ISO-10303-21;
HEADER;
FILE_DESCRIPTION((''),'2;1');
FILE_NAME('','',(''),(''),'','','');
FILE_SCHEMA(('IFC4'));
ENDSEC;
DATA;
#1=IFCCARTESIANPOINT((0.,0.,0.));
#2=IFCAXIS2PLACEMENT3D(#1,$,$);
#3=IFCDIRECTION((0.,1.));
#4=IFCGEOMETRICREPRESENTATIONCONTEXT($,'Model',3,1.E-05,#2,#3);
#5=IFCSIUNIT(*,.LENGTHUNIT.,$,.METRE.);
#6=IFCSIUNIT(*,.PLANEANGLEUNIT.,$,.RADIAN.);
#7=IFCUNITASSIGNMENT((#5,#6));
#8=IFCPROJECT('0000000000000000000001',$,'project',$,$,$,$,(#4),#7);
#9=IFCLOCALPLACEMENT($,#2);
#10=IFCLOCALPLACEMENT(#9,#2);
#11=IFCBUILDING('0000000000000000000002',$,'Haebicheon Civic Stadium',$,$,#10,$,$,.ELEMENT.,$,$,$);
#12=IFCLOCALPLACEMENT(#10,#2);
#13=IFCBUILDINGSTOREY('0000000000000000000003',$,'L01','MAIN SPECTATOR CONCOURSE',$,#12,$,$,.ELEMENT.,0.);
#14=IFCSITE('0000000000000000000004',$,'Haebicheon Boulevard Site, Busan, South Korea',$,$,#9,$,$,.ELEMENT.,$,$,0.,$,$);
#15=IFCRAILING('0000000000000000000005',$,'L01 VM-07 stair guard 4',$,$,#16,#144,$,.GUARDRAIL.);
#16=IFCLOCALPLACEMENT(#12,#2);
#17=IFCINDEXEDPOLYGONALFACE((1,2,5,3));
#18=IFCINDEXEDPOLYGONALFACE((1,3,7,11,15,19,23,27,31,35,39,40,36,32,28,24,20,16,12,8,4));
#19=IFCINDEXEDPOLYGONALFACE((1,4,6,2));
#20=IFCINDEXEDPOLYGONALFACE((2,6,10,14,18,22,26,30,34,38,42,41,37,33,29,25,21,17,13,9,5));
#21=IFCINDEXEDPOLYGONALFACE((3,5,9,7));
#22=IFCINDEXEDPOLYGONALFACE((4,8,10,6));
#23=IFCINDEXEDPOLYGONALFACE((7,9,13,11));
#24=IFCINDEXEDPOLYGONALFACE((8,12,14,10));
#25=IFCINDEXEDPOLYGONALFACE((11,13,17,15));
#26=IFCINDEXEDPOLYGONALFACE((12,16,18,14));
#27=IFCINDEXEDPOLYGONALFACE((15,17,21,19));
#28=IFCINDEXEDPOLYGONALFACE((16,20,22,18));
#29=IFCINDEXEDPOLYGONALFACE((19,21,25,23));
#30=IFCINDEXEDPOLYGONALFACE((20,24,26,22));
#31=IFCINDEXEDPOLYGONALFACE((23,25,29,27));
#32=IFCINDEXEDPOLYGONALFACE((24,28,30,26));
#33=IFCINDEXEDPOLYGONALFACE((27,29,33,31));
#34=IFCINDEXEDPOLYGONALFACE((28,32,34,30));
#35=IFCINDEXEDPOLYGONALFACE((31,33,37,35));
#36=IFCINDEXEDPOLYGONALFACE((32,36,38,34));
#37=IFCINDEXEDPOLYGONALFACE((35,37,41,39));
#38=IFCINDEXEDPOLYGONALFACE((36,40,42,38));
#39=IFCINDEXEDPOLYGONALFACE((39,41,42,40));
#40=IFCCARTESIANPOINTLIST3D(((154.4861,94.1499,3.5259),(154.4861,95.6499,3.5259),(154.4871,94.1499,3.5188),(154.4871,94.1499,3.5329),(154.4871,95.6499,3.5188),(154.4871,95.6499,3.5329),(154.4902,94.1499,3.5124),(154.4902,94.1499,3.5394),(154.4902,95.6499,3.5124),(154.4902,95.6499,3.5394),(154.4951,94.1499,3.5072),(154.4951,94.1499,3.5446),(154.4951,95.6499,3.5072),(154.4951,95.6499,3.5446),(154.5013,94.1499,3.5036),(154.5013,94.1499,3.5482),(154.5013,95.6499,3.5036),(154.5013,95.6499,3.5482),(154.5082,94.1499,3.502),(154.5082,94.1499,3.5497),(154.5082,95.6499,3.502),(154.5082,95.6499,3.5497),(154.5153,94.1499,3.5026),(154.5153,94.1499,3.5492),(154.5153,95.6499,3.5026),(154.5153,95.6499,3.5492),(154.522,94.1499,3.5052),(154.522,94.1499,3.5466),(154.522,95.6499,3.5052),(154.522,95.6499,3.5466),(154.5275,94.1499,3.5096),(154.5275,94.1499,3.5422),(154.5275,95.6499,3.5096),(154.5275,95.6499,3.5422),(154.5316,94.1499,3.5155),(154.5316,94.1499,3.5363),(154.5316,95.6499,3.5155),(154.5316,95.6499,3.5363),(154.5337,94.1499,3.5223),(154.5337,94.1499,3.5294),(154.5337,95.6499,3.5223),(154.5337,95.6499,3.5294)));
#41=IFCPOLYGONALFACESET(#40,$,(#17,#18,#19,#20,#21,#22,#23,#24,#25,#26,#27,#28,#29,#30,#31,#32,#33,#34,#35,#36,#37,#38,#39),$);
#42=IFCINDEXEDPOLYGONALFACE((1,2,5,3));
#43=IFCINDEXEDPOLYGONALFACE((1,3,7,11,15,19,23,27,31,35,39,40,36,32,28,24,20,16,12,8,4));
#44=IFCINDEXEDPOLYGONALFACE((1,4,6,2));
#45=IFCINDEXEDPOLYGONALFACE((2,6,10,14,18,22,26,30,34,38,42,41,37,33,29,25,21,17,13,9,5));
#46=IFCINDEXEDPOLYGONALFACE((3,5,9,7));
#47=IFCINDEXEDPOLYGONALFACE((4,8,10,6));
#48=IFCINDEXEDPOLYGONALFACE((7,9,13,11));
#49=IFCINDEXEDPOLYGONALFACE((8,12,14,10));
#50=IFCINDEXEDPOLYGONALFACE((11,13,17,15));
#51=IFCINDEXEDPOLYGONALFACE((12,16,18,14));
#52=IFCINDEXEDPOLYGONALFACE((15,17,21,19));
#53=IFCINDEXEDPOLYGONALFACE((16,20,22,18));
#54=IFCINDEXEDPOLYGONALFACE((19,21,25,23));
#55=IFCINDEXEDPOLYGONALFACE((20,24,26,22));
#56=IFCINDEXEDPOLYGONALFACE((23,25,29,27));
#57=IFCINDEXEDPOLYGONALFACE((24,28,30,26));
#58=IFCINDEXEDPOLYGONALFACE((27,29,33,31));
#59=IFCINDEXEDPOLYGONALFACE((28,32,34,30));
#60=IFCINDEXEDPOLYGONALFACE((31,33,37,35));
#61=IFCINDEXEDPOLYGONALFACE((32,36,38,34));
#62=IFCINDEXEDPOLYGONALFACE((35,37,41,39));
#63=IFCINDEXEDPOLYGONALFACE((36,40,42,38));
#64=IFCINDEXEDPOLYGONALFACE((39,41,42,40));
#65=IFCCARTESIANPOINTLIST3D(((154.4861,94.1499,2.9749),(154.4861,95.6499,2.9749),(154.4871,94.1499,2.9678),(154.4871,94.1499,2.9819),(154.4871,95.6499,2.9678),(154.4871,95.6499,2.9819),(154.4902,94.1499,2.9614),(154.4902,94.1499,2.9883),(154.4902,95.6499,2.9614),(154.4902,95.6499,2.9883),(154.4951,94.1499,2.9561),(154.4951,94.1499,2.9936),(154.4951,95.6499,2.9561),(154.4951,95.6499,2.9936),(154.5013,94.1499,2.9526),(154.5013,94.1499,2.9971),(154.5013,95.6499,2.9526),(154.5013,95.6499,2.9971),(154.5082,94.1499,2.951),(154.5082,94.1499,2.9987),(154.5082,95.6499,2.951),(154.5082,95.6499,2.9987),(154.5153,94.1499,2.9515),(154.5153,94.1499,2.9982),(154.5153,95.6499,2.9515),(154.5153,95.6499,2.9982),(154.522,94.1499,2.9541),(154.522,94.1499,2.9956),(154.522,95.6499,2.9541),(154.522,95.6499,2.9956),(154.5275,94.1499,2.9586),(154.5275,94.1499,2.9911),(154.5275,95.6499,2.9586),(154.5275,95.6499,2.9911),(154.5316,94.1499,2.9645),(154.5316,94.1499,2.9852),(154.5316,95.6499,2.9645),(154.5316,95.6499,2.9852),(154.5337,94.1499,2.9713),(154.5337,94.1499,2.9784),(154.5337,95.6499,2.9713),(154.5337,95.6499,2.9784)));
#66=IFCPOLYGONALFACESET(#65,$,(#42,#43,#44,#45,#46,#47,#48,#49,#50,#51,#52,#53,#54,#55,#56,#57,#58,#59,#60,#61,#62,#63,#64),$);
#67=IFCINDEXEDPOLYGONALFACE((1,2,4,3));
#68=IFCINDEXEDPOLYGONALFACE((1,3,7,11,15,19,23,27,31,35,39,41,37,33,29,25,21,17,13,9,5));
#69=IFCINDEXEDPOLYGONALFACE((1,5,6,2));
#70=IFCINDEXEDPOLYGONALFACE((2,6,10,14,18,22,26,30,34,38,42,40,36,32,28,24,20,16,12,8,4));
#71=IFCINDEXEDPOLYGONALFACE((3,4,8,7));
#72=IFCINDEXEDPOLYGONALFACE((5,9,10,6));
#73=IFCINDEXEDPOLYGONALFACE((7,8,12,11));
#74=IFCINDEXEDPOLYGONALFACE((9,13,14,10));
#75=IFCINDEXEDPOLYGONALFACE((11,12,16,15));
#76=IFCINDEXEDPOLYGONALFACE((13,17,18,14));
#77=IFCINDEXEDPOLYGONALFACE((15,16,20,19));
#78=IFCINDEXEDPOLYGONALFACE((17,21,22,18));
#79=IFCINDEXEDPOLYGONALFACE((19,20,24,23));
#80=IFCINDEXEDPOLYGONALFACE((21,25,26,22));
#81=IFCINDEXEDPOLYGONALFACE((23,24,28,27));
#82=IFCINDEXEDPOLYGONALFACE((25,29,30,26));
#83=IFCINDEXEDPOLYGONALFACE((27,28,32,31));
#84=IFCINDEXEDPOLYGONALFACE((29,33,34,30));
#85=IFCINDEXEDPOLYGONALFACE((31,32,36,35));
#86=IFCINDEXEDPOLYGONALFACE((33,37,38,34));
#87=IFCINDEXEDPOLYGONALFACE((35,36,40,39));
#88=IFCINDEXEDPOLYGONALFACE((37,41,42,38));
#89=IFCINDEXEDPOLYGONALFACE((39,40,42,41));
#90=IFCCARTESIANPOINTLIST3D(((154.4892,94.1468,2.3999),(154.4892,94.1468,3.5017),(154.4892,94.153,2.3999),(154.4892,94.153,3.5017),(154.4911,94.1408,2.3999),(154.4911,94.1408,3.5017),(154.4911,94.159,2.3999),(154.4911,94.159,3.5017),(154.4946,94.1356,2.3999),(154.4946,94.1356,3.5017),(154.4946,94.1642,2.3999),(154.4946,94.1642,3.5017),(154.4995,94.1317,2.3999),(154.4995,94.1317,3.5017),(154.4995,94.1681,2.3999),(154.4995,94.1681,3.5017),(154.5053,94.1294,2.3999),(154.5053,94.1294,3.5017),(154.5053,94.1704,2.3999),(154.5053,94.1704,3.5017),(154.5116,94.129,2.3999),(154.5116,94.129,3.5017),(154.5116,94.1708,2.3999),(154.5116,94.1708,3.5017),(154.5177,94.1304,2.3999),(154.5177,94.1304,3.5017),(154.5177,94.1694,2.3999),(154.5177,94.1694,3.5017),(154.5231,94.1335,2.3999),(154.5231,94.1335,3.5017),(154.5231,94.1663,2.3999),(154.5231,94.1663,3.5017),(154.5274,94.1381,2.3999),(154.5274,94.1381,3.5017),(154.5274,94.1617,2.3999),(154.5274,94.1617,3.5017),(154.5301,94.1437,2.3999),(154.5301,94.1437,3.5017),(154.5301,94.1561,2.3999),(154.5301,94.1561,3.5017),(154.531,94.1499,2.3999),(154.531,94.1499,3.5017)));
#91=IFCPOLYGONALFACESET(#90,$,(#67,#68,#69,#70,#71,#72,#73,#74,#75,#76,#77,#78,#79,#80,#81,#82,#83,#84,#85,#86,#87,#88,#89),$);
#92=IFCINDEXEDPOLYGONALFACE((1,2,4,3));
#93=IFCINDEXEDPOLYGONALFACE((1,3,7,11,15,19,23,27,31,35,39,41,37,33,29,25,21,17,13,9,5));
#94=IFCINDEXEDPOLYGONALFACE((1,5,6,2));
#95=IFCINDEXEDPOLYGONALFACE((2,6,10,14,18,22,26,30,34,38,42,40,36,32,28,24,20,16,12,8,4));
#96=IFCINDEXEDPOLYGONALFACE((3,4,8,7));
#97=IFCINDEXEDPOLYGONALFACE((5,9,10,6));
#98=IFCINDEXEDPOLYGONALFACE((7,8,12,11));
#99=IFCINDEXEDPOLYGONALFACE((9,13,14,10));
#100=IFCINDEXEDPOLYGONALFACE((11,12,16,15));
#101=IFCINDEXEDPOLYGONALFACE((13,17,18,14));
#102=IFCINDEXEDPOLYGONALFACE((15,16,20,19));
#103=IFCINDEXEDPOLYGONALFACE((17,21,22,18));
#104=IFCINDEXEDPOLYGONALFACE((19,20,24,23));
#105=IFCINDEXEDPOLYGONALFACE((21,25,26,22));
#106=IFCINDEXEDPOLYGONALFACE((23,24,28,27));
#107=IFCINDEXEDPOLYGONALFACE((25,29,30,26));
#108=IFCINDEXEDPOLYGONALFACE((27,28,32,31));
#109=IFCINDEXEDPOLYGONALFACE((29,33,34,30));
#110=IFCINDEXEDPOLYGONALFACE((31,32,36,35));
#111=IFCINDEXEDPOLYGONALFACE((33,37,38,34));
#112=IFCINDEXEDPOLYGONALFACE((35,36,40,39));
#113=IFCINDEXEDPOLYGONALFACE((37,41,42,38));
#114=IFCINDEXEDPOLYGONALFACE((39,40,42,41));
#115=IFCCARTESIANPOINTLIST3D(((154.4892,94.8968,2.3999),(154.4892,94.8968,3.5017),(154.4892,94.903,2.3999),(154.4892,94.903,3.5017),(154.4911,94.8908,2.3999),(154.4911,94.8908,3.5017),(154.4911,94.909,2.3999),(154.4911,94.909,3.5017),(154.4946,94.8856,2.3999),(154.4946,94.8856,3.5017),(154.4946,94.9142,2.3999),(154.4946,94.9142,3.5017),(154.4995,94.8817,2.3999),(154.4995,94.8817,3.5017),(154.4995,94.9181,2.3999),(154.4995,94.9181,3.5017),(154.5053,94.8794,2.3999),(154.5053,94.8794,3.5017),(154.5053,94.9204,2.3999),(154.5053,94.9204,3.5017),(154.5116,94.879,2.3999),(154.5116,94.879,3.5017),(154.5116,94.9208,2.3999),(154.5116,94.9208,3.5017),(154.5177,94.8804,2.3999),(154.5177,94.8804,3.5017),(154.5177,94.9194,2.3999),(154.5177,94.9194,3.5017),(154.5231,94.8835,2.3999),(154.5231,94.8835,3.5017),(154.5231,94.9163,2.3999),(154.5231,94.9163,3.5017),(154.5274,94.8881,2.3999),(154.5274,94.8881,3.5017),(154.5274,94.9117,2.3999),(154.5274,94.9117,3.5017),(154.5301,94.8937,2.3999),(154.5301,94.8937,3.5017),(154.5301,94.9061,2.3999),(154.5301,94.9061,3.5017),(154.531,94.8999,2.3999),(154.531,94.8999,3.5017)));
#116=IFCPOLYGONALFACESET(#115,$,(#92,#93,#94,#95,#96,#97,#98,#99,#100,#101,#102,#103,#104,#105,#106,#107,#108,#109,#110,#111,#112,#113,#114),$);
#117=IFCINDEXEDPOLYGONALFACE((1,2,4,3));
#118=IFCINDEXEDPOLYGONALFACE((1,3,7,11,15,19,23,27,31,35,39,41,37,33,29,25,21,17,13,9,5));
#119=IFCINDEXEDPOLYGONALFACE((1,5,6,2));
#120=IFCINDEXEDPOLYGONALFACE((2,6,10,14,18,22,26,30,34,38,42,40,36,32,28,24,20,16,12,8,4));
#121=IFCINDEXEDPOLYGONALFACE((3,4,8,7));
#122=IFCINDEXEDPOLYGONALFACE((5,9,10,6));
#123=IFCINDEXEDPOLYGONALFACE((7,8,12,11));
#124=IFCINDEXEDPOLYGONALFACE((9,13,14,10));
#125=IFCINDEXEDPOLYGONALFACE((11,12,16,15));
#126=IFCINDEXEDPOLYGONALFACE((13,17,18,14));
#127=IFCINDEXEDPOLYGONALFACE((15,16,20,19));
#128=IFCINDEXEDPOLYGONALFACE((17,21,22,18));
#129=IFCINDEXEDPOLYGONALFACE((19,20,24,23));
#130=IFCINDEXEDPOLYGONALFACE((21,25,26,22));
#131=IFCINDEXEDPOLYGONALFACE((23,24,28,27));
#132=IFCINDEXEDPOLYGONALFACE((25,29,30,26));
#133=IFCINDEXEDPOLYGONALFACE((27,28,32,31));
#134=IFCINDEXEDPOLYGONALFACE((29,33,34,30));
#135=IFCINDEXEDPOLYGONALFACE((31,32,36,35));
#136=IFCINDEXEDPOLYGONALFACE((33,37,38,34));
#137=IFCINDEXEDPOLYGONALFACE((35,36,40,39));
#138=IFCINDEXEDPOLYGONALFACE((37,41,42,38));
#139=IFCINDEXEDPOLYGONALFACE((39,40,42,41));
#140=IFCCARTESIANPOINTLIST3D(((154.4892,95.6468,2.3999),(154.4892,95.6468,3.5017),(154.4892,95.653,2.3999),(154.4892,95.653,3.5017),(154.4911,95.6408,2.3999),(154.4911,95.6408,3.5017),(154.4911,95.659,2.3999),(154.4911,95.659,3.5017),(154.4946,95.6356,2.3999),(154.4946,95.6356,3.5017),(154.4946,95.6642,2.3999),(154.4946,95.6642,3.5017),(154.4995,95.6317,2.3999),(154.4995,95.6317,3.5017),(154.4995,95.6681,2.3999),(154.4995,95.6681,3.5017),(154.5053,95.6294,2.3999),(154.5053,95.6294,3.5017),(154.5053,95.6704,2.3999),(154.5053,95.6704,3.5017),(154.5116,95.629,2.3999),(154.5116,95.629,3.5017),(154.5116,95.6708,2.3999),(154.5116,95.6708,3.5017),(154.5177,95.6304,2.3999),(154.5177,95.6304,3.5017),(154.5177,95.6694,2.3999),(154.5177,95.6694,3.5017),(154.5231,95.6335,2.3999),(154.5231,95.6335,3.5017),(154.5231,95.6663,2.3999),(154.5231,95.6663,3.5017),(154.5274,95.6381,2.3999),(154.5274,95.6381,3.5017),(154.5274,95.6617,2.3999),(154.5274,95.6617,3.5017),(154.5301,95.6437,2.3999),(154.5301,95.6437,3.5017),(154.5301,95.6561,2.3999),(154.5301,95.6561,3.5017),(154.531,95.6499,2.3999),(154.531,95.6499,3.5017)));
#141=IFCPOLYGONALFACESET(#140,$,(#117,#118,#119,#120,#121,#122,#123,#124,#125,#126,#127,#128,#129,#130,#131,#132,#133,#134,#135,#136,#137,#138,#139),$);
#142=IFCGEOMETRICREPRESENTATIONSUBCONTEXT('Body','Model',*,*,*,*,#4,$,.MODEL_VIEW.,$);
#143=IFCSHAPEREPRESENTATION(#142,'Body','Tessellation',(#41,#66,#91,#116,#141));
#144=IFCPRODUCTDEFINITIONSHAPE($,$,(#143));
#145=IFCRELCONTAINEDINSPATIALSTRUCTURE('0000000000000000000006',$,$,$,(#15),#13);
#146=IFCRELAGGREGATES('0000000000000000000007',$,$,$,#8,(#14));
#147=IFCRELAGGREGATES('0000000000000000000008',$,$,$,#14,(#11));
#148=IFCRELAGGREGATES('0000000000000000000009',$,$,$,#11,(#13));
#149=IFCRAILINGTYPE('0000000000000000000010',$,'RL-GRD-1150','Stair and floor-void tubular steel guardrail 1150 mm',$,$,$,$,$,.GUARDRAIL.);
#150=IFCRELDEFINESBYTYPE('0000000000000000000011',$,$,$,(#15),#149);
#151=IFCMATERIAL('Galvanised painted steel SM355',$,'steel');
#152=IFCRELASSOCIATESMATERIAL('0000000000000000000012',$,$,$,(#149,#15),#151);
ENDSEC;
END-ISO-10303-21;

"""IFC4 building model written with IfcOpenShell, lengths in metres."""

from ifc_helpers import new_model, si_unit, direction, frame, origin, origin_2d, place, context, subcontext, project, spatial, circle, extrude, material, type_object, element, save


model = new_model("IFC4")

# Units and contexts
model_context = context("Model", 3, precision=1e-05, world=origin(), true_north=direction((0.0, 1.0)))
body_context = subcontext(model_context, "Body", "Model", "MODEL_VIEW")
ifc_project = project(units=[si_unit("LENGTHUNIT", "METRE"), si_unit("PLANEANGLEUNIT", "RADIAN")], contexts=[model_context])

# Site, building, storey
site_placement = place(None, origin())
site = spatial("IfcSite", under=ifc_project, at=site_placement, Name="Haebicheon Boulevard Site, Busan, South Korea", CompositionType="ELEMENT", RefElevation=0.0)
building_placement = place(site_placement, origin())
building = spatial("IfcBuilding", under=site, at=building_placement, Name="Haebicheon Civic Stadium", CompositionType="ELEMENT")
storey_placement = place(building_placement, origin())
storey = spatial("IfcBuildingStorey", under=building, at=storey_placement, Name="L01", Description="MAIN SPECTATOR CONCOURSE", CompositionType="ELEMENT", Elevation=0.0)

# Railing
ifc_material_1 = material(Name="Galvanised painted steel SM355", Category="steel")
railing_type_1 = type_object("IfcRailingType", Name="RL-GRD-1150", Description="Stair and floor-void tubular steel guardrail 1150 mm", PredefinedType="GUARDRAIL", material=ifc_material_1)
railing_1_placement = place(storey_placement, frame((154.51, 94.1499, 2.3999)))
element("IfcRailing", 1, at=railing_1_placement, inside=storey, type_object=railing_type_1, material=ifc_material_1, Name="L01 VM-07 stair guard 4", PredefinedType="GUARDRAIL", context=body_context, shape_type="SweptSolid", body=[
    extrude(circle(Radius=0.0239, at=origin_2d()), frame((0.0, 0.0, 1.126), z_axis=(0.0, 1.0, 0.0), x_axis=(-1.0, 0.0, 0.0)), (0.0, 0.0, 1.0), 1.5),
    extrude(circle(Radius=0.0239, at=origin_2d()), frame((0.0, 0.0, 0.575), z_axis=(0.0, 1.0, 0.0), x_axis=(-1.0, 0.0, 0.0)), (0.0, 0.0, 1.0), 1.5),
    extrude(circle(Radius=0.021, at=origin_2d()), origin(), (0.0, 0.0, 1.0), 1.1018),
    extrude(circle(Radius=0.021, at=origin_2d()), frame((0.0, 0.75, 0.0)), (0.0, 0.0, 1.0), 1.1018),
    extrude(circle(Radius=0.021, at=origin_2d()), frame((0.0, 1.5, 0.0)), (0.0, 0.0, 1.0), 1.1018),
])

save(model, "model.ifc")
